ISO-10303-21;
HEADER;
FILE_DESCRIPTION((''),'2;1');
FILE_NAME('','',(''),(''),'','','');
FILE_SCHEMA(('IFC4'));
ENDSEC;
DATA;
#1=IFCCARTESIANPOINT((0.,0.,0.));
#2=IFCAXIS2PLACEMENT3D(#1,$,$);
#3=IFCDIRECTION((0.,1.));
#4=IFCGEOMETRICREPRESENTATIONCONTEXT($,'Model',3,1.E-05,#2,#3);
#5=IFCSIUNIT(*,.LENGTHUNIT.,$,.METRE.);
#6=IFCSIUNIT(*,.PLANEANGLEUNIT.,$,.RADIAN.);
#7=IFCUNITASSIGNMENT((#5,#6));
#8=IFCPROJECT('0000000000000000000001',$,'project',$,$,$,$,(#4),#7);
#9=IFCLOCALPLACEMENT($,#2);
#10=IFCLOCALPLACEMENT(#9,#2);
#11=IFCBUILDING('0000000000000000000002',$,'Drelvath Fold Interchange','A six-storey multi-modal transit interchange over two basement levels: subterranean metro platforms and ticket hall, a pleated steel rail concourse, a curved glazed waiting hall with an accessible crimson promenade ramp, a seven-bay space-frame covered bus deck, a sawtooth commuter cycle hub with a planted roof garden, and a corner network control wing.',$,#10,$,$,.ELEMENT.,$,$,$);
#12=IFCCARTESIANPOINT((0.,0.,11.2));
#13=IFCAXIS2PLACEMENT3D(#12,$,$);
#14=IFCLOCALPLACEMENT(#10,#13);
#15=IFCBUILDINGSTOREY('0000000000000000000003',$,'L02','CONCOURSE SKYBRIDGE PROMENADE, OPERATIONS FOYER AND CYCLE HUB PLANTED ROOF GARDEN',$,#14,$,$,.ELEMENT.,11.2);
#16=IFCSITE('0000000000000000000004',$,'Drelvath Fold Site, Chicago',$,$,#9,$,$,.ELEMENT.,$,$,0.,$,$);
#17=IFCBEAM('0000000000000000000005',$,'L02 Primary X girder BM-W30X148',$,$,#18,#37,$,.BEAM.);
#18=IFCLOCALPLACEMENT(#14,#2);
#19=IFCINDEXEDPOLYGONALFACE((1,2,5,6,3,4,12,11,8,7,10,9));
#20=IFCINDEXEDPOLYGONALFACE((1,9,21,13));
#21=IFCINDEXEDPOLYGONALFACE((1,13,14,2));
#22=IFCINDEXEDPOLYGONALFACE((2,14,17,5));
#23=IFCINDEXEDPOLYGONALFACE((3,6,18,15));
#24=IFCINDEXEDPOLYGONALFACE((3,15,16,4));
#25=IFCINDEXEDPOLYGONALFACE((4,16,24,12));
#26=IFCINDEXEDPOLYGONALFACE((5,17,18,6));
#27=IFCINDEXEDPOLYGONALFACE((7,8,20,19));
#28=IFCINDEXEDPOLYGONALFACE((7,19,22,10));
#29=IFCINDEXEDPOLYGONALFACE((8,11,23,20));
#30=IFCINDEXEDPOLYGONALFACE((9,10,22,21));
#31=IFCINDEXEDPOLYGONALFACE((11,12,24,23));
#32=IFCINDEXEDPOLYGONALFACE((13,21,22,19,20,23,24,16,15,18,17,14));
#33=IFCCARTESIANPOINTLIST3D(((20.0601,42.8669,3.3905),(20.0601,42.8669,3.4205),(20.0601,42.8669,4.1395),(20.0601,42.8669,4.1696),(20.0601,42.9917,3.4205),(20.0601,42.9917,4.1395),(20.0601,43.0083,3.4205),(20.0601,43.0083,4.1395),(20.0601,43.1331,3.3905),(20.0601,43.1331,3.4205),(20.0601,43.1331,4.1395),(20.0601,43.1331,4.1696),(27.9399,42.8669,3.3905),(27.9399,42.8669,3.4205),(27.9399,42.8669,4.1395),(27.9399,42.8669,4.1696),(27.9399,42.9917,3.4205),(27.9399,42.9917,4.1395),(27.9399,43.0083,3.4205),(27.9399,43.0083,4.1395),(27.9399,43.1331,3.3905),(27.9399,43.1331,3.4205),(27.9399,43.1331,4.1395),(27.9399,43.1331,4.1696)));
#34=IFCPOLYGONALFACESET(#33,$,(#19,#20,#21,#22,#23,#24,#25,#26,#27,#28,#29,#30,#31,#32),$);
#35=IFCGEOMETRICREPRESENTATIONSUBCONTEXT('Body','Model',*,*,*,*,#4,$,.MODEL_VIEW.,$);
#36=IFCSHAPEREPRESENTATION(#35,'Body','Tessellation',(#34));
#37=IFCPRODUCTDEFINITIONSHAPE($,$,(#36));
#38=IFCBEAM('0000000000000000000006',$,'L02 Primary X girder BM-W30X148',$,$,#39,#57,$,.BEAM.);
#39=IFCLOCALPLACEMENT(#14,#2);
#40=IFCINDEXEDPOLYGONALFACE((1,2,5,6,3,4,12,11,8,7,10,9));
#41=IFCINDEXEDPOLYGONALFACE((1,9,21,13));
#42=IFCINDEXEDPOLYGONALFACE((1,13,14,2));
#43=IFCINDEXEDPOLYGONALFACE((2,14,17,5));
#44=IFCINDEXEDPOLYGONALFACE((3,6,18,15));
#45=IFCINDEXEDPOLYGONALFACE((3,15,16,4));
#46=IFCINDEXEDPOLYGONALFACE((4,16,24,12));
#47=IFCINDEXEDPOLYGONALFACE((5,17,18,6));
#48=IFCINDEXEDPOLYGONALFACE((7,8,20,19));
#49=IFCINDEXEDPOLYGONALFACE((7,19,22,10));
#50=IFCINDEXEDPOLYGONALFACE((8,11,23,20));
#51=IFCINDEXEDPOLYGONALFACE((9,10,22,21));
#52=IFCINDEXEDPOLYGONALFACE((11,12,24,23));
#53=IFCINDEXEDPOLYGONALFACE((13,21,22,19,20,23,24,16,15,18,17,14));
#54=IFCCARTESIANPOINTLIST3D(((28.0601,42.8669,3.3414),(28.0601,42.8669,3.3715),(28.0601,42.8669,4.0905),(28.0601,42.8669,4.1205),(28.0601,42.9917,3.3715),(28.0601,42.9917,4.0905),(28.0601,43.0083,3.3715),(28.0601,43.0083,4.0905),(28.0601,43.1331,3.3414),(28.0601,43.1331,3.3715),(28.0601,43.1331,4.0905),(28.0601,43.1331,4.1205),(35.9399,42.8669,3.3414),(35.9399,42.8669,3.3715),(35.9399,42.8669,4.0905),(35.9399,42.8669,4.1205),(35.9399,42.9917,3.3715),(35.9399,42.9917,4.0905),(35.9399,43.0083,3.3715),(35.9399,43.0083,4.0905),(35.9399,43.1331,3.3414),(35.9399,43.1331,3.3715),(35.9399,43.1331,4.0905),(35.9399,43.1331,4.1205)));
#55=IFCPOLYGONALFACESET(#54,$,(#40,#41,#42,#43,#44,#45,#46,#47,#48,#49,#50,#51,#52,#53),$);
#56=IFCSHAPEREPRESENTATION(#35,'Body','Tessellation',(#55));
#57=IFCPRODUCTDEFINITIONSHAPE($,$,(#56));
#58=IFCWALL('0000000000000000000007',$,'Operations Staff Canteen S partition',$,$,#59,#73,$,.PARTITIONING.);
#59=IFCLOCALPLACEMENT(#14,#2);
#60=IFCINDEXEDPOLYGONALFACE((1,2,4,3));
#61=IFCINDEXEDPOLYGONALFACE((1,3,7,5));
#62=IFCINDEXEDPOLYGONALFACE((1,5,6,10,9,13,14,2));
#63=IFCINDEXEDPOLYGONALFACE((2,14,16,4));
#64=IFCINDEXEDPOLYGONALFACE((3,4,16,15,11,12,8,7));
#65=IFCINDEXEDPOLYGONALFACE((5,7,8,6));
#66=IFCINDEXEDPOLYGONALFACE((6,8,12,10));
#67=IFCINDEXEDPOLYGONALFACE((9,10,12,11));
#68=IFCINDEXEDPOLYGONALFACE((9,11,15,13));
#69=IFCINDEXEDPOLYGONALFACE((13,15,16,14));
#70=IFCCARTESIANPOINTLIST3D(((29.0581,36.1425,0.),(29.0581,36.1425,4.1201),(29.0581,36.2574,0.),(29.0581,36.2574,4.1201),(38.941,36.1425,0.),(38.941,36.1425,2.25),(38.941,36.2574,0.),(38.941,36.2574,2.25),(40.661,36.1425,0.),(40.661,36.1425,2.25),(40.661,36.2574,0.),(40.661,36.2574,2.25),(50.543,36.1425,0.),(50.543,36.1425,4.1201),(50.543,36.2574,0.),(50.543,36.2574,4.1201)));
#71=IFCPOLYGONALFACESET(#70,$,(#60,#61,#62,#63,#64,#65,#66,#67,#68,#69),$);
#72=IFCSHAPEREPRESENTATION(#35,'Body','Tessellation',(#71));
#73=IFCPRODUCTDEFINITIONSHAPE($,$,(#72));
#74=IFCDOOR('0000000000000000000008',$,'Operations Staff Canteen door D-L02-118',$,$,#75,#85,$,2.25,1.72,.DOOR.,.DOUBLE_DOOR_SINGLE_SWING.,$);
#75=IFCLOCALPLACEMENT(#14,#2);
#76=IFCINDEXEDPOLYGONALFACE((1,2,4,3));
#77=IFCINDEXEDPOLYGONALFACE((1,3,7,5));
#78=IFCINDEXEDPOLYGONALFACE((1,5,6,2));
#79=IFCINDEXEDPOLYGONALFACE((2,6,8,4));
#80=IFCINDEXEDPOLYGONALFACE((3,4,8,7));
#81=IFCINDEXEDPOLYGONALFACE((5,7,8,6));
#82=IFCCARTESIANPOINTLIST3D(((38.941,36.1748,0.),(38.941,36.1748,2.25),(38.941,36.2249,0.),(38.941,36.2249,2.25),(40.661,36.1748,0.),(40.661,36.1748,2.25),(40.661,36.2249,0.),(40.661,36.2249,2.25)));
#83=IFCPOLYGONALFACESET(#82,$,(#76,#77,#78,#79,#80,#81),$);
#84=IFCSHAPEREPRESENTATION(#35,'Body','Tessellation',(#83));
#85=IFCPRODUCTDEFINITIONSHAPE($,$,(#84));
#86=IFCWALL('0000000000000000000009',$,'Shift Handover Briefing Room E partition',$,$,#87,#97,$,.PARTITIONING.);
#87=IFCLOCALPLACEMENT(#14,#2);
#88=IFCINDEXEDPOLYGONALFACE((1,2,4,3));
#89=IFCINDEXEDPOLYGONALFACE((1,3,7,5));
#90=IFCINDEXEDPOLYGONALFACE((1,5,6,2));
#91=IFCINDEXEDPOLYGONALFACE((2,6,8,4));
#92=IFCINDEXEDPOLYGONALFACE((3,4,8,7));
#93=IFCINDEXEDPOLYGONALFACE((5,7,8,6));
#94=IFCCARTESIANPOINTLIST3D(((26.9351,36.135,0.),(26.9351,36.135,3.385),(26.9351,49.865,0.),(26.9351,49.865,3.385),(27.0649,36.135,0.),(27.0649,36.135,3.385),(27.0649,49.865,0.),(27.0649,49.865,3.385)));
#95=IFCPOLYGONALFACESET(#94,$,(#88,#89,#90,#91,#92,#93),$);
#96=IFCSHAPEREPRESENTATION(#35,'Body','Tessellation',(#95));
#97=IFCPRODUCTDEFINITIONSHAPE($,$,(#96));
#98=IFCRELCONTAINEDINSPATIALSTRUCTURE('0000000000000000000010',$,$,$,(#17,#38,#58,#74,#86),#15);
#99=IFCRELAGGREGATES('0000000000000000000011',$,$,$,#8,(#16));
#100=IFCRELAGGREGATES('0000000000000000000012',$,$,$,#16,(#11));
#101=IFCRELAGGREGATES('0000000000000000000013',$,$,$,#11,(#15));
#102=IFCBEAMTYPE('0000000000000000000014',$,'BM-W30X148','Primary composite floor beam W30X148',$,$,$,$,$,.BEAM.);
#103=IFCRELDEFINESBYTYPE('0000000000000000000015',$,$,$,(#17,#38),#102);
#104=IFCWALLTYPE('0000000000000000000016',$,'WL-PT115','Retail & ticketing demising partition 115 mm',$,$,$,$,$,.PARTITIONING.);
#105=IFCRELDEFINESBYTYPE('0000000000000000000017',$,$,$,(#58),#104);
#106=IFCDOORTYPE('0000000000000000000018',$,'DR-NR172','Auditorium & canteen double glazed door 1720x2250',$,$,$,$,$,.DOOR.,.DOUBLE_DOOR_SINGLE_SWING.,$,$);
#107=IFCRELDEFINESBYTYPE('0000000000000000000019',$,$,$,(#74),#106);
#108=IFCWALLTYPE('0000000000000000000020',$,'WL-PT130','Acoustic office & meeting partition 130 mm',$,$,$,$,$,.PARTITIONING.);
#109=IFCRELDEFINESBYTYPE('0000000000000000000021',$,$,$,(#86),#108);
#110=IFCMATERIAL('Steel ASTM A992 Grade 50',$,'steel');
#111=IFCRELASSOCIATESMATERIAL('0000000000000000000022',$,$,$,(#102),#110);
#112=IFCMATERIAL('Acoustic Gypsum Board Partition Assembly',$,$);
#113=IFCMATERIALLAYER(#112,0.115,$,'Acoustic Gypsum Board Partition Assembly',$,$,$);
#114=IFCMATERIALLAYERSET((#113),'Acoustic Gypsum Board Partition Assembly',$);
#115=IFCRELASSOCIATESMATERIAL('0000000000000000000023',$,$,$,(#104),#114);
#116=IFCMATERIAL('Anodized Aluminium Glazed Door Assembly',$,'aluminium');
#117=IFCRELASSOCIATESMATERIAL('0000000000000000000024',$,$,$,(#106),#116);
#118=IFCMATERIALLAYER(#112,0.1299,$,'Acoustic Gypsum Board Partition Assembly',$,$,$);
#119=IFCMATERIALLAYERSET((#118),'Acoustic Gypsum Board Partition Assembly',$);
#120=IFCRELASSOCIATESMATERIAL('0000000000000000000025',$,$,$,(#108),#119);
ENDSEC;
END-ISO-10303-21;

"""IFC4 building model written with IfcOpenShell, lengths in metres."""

from ifc_helpers import new_model, si_unit, direction, frame, frame_2d, origin, origin_2d, place, context, subcontext, project, spatial, rectangle, i_section, extrude, material, layer, layer_set, material_profile, profile_set, type_object, element, fill, save


model = new_model("IFC4")

# Units and contexts
model_context = context("Model", 3, precision=1e-05, world=origin(), true_north=direction((0.0, 1.0)))
body_context = subcontext(model_context, "Body", "Model", "MODEL_VIEW")
ifc_project = project(units=[si_unit("LENGTHUNIT", "METRE"), si_unit("PLANEANGLEUNIT", "RADIAN")], contexts=[model_context])

# Site, building, storey
site_placement = place(None, origin())
site = spatial("IfcSite", under=ifc_project, at=site_placement, Name="Drelvath Fold Site, Chicago", CompositionType="ELEMENT", RefElevation=0.0)
building_placement = place(site_placement, origin())
building = spatial("IfcBuilding", under=site, at=building_placement, Name="Drelvath Fold Interchange", Description="A six-storey multi-modal transit interchange over two basement levels: subterranean metro platforms and ticket hall, a pleated steel rail concourse, a curved glazed waiting hall with an accessible crimson promenade ramp, a seven-bay space-frame covered bus deck, a sawtooth commuter cycle hub with a planted roof garden, and a corner network control wing.", CompositionType="ELEMENT")
storey_placement = place(building_placement, frame((0.0, 0.0, 11.2)))
storey = spatial("IfcBuildingStorey", under=building, at=storey_placement, Name="L02", Description="CONCOURSE SKYBRIDGE PROMENADE, OPERATIONS FOYER AND CYCLE HUB PLANTED ROOF GARDEN", CompositionType="ELEMENT", Elevation=11.2)

# Shared definitions
ifc_material_1 = material(Name="Steel ASTM A992 Grade 50", Category="steel")

# Beams
ifc_material_profile_1 = material_profile(ifc_material_1, i_section(OverallWidth=0.2661, OverallDepth=0.7791, WebThickness=0.0166, FlangeThickness=0.03, at=origin_2d()), Name="W30X148")
ifc_profile_set_1 = profile_set([ifc_material_profile_1], Name="Steel ASTM A992 Grade 50")
beam_type_1 = type_object("IfcBeamType", Name="BM-W30X148", Description="Primary composite floor beam W30X148", PredefinedType="BEAM", material=ifc_profile_set_1)
for number, where, z_axis, x_axis, name in (
    (1, (20.0601, 43.0, 3.78), (1.0, 0.0, 0.0), (0.0, 1.0, 0.0), "L02 Primary X girder BM-W30X148"),
    (2, (28.0601, 43.0, 3.731), (1.0, 0.0, 0.0), (0.0, 1.0, 0.0), "L02 Primary X girder BM-W30X148"),
):
    element("IfcBeam", number, at=place(storey_placement, frame(where, z_axis=z_axis, x_axis=x_axis)), inside=storey, type_object=beam_type_1, Name=name, PredefinedType="BEAM", context=body_context, shape_type="SweptSolid", body=[
        extrude(i_section(OverallWidth=0.2661, OverallDepth=0.7791, WebThickness=0.0166, FlangeThickness=0.03, at=origin_2d()), origin(), (0.0, 0.0, 1.0), 7.8799),
    ])

# Wall, opening, door
ifc_material_2 = material(Name="Acoustic Gypsum Board Partition Assembly")
ifc_layer_1 = layer(ifc_material_2, 0.115, Name="Acoustic Gypsum Board Partition Assembly")
ifc_layer_set_1 = layer_set([ifc_layer_1], Name="Acoustic Gypsum Board Partition Assembly")
wall_type_1 = type_object("IfcWallType", Name="WL-PT115", Description="Retail & ticketing demising partition 115 mm", PredefinedType="PARTITIONING", material=ifc_layer_set_1)
wall_1_placement = place(storey_placement, frame((29.0581, 36.2, 0.0), z_axis=(0.0, 0.0, 1.0), x_axis=(1.0, 0.0, 0.0)))
wall_1 = element("IfcWall", 3, at=wall_1_placement, inside=storey, type_object=wall_type_1, Name="Operations Staff Canteen S partition", PredefinedType="PARTITIONING", context=body_context, shape_type="SweptSolid", body=[
    extrude(rectangle(XDim=21.4849, YDim=0.115, at=frame_2d((10.7424, 0.0))), origin(), (0.0, 0.0, 1.0), 4.1201),
])
opening_placement = place(wall_1_placement, frame((9.8831, 0.0, 0.0)))
opening = element("IfcOpeningElement", 4, at=opening_placement, cuts=wall_1, PredefinedType="OPENING", context=body_context, shape_type="SweptSolid", body=[
    extrude(rectangle(XDim=1.72, YDim=2.25, at=frame_2d((0.8599, 1.125))), frame((0.0, 0.0674, 0.0), z_axis=(0.0, -1.0, 0.0), x_axis=(1.0, 0.0, 0.0)), (0.0, 0.0, 1.0), 0.135),
])
ifc_material_3 = material(Name="Anodized Aluminium Glazed Door Assembly", Category="aluminium")
door_type = type_object("IfcDoorType", Name="DR-NR172", Description="Auditorium & canteen double glazed door 1720x2250", OperationType="DOUBLE_DOOR_SINGLE_SWING", PredefinedType="DOOR", material=ifc_material_3)
door_placement = place(opening_placement, origin())
door = element("IfcDoor", 5, at=door_placement, inside=storey, type_object=door_type, Name="Operations Staff Canteen door D-L02-118", OperationType="DOUBLE_DOOR_SINGLE_SWING", OverallHeight=2.25, OverallWidth=1.72, PredefinedType="DOOR", context=body_context, shape_type="SweptSolid", body=[
    extrude(rectangle(XDim=1.72, YDim=2.25, at=frame_2d((0.8599, 1.125))), frame((0.0, 0.0249, 0.0), z_axis=(0.0, -1.0, 0.0), x_axis=(1.0, 0.0, 0.0)), (0.0, 0.0, 1.0), 0.05),
])
fill(opening, door)

# Wall
ifc_layer_2 = layer(ifc_material_2, 0.1299, Name="Acoustic Gypsum Board Partition Assembly")
ifc_layer_set_2 = layer_set([ifc_layer_2], Name="Acoustic Gypsum Board Partition Assembly")
wall_type_2 = type_object("IfcWallType", Name="WL-PT130", Description="Acoustic office & meeting partition 130 mm", PredefinedType="PARTITIONING", material=ifc_layer_set_2)
wall_2_placement = place(storey_placement, frame((27.0, 36.135, 0.0), z_axis=(0.0, 0.0, 1.0), x_axis=(0.0, 1.0, 0.0)))
element("IfcWall", 6, at=wall_2_placement, inside=storey, type_object=wall_type_2, Name="Shift Handover Briefing Room E partition", PredefinedType="PARTITIONING", context=body_context, shape_type="SweptSolid", body=[
    extrude(rectangle(XDim=13.73, YDim=0.1299, at=frame_2d((6.865, 0.0))), origin(), (0.0, 0.0, 1.0), 3.385),
])

save(model, "model.ifc")
